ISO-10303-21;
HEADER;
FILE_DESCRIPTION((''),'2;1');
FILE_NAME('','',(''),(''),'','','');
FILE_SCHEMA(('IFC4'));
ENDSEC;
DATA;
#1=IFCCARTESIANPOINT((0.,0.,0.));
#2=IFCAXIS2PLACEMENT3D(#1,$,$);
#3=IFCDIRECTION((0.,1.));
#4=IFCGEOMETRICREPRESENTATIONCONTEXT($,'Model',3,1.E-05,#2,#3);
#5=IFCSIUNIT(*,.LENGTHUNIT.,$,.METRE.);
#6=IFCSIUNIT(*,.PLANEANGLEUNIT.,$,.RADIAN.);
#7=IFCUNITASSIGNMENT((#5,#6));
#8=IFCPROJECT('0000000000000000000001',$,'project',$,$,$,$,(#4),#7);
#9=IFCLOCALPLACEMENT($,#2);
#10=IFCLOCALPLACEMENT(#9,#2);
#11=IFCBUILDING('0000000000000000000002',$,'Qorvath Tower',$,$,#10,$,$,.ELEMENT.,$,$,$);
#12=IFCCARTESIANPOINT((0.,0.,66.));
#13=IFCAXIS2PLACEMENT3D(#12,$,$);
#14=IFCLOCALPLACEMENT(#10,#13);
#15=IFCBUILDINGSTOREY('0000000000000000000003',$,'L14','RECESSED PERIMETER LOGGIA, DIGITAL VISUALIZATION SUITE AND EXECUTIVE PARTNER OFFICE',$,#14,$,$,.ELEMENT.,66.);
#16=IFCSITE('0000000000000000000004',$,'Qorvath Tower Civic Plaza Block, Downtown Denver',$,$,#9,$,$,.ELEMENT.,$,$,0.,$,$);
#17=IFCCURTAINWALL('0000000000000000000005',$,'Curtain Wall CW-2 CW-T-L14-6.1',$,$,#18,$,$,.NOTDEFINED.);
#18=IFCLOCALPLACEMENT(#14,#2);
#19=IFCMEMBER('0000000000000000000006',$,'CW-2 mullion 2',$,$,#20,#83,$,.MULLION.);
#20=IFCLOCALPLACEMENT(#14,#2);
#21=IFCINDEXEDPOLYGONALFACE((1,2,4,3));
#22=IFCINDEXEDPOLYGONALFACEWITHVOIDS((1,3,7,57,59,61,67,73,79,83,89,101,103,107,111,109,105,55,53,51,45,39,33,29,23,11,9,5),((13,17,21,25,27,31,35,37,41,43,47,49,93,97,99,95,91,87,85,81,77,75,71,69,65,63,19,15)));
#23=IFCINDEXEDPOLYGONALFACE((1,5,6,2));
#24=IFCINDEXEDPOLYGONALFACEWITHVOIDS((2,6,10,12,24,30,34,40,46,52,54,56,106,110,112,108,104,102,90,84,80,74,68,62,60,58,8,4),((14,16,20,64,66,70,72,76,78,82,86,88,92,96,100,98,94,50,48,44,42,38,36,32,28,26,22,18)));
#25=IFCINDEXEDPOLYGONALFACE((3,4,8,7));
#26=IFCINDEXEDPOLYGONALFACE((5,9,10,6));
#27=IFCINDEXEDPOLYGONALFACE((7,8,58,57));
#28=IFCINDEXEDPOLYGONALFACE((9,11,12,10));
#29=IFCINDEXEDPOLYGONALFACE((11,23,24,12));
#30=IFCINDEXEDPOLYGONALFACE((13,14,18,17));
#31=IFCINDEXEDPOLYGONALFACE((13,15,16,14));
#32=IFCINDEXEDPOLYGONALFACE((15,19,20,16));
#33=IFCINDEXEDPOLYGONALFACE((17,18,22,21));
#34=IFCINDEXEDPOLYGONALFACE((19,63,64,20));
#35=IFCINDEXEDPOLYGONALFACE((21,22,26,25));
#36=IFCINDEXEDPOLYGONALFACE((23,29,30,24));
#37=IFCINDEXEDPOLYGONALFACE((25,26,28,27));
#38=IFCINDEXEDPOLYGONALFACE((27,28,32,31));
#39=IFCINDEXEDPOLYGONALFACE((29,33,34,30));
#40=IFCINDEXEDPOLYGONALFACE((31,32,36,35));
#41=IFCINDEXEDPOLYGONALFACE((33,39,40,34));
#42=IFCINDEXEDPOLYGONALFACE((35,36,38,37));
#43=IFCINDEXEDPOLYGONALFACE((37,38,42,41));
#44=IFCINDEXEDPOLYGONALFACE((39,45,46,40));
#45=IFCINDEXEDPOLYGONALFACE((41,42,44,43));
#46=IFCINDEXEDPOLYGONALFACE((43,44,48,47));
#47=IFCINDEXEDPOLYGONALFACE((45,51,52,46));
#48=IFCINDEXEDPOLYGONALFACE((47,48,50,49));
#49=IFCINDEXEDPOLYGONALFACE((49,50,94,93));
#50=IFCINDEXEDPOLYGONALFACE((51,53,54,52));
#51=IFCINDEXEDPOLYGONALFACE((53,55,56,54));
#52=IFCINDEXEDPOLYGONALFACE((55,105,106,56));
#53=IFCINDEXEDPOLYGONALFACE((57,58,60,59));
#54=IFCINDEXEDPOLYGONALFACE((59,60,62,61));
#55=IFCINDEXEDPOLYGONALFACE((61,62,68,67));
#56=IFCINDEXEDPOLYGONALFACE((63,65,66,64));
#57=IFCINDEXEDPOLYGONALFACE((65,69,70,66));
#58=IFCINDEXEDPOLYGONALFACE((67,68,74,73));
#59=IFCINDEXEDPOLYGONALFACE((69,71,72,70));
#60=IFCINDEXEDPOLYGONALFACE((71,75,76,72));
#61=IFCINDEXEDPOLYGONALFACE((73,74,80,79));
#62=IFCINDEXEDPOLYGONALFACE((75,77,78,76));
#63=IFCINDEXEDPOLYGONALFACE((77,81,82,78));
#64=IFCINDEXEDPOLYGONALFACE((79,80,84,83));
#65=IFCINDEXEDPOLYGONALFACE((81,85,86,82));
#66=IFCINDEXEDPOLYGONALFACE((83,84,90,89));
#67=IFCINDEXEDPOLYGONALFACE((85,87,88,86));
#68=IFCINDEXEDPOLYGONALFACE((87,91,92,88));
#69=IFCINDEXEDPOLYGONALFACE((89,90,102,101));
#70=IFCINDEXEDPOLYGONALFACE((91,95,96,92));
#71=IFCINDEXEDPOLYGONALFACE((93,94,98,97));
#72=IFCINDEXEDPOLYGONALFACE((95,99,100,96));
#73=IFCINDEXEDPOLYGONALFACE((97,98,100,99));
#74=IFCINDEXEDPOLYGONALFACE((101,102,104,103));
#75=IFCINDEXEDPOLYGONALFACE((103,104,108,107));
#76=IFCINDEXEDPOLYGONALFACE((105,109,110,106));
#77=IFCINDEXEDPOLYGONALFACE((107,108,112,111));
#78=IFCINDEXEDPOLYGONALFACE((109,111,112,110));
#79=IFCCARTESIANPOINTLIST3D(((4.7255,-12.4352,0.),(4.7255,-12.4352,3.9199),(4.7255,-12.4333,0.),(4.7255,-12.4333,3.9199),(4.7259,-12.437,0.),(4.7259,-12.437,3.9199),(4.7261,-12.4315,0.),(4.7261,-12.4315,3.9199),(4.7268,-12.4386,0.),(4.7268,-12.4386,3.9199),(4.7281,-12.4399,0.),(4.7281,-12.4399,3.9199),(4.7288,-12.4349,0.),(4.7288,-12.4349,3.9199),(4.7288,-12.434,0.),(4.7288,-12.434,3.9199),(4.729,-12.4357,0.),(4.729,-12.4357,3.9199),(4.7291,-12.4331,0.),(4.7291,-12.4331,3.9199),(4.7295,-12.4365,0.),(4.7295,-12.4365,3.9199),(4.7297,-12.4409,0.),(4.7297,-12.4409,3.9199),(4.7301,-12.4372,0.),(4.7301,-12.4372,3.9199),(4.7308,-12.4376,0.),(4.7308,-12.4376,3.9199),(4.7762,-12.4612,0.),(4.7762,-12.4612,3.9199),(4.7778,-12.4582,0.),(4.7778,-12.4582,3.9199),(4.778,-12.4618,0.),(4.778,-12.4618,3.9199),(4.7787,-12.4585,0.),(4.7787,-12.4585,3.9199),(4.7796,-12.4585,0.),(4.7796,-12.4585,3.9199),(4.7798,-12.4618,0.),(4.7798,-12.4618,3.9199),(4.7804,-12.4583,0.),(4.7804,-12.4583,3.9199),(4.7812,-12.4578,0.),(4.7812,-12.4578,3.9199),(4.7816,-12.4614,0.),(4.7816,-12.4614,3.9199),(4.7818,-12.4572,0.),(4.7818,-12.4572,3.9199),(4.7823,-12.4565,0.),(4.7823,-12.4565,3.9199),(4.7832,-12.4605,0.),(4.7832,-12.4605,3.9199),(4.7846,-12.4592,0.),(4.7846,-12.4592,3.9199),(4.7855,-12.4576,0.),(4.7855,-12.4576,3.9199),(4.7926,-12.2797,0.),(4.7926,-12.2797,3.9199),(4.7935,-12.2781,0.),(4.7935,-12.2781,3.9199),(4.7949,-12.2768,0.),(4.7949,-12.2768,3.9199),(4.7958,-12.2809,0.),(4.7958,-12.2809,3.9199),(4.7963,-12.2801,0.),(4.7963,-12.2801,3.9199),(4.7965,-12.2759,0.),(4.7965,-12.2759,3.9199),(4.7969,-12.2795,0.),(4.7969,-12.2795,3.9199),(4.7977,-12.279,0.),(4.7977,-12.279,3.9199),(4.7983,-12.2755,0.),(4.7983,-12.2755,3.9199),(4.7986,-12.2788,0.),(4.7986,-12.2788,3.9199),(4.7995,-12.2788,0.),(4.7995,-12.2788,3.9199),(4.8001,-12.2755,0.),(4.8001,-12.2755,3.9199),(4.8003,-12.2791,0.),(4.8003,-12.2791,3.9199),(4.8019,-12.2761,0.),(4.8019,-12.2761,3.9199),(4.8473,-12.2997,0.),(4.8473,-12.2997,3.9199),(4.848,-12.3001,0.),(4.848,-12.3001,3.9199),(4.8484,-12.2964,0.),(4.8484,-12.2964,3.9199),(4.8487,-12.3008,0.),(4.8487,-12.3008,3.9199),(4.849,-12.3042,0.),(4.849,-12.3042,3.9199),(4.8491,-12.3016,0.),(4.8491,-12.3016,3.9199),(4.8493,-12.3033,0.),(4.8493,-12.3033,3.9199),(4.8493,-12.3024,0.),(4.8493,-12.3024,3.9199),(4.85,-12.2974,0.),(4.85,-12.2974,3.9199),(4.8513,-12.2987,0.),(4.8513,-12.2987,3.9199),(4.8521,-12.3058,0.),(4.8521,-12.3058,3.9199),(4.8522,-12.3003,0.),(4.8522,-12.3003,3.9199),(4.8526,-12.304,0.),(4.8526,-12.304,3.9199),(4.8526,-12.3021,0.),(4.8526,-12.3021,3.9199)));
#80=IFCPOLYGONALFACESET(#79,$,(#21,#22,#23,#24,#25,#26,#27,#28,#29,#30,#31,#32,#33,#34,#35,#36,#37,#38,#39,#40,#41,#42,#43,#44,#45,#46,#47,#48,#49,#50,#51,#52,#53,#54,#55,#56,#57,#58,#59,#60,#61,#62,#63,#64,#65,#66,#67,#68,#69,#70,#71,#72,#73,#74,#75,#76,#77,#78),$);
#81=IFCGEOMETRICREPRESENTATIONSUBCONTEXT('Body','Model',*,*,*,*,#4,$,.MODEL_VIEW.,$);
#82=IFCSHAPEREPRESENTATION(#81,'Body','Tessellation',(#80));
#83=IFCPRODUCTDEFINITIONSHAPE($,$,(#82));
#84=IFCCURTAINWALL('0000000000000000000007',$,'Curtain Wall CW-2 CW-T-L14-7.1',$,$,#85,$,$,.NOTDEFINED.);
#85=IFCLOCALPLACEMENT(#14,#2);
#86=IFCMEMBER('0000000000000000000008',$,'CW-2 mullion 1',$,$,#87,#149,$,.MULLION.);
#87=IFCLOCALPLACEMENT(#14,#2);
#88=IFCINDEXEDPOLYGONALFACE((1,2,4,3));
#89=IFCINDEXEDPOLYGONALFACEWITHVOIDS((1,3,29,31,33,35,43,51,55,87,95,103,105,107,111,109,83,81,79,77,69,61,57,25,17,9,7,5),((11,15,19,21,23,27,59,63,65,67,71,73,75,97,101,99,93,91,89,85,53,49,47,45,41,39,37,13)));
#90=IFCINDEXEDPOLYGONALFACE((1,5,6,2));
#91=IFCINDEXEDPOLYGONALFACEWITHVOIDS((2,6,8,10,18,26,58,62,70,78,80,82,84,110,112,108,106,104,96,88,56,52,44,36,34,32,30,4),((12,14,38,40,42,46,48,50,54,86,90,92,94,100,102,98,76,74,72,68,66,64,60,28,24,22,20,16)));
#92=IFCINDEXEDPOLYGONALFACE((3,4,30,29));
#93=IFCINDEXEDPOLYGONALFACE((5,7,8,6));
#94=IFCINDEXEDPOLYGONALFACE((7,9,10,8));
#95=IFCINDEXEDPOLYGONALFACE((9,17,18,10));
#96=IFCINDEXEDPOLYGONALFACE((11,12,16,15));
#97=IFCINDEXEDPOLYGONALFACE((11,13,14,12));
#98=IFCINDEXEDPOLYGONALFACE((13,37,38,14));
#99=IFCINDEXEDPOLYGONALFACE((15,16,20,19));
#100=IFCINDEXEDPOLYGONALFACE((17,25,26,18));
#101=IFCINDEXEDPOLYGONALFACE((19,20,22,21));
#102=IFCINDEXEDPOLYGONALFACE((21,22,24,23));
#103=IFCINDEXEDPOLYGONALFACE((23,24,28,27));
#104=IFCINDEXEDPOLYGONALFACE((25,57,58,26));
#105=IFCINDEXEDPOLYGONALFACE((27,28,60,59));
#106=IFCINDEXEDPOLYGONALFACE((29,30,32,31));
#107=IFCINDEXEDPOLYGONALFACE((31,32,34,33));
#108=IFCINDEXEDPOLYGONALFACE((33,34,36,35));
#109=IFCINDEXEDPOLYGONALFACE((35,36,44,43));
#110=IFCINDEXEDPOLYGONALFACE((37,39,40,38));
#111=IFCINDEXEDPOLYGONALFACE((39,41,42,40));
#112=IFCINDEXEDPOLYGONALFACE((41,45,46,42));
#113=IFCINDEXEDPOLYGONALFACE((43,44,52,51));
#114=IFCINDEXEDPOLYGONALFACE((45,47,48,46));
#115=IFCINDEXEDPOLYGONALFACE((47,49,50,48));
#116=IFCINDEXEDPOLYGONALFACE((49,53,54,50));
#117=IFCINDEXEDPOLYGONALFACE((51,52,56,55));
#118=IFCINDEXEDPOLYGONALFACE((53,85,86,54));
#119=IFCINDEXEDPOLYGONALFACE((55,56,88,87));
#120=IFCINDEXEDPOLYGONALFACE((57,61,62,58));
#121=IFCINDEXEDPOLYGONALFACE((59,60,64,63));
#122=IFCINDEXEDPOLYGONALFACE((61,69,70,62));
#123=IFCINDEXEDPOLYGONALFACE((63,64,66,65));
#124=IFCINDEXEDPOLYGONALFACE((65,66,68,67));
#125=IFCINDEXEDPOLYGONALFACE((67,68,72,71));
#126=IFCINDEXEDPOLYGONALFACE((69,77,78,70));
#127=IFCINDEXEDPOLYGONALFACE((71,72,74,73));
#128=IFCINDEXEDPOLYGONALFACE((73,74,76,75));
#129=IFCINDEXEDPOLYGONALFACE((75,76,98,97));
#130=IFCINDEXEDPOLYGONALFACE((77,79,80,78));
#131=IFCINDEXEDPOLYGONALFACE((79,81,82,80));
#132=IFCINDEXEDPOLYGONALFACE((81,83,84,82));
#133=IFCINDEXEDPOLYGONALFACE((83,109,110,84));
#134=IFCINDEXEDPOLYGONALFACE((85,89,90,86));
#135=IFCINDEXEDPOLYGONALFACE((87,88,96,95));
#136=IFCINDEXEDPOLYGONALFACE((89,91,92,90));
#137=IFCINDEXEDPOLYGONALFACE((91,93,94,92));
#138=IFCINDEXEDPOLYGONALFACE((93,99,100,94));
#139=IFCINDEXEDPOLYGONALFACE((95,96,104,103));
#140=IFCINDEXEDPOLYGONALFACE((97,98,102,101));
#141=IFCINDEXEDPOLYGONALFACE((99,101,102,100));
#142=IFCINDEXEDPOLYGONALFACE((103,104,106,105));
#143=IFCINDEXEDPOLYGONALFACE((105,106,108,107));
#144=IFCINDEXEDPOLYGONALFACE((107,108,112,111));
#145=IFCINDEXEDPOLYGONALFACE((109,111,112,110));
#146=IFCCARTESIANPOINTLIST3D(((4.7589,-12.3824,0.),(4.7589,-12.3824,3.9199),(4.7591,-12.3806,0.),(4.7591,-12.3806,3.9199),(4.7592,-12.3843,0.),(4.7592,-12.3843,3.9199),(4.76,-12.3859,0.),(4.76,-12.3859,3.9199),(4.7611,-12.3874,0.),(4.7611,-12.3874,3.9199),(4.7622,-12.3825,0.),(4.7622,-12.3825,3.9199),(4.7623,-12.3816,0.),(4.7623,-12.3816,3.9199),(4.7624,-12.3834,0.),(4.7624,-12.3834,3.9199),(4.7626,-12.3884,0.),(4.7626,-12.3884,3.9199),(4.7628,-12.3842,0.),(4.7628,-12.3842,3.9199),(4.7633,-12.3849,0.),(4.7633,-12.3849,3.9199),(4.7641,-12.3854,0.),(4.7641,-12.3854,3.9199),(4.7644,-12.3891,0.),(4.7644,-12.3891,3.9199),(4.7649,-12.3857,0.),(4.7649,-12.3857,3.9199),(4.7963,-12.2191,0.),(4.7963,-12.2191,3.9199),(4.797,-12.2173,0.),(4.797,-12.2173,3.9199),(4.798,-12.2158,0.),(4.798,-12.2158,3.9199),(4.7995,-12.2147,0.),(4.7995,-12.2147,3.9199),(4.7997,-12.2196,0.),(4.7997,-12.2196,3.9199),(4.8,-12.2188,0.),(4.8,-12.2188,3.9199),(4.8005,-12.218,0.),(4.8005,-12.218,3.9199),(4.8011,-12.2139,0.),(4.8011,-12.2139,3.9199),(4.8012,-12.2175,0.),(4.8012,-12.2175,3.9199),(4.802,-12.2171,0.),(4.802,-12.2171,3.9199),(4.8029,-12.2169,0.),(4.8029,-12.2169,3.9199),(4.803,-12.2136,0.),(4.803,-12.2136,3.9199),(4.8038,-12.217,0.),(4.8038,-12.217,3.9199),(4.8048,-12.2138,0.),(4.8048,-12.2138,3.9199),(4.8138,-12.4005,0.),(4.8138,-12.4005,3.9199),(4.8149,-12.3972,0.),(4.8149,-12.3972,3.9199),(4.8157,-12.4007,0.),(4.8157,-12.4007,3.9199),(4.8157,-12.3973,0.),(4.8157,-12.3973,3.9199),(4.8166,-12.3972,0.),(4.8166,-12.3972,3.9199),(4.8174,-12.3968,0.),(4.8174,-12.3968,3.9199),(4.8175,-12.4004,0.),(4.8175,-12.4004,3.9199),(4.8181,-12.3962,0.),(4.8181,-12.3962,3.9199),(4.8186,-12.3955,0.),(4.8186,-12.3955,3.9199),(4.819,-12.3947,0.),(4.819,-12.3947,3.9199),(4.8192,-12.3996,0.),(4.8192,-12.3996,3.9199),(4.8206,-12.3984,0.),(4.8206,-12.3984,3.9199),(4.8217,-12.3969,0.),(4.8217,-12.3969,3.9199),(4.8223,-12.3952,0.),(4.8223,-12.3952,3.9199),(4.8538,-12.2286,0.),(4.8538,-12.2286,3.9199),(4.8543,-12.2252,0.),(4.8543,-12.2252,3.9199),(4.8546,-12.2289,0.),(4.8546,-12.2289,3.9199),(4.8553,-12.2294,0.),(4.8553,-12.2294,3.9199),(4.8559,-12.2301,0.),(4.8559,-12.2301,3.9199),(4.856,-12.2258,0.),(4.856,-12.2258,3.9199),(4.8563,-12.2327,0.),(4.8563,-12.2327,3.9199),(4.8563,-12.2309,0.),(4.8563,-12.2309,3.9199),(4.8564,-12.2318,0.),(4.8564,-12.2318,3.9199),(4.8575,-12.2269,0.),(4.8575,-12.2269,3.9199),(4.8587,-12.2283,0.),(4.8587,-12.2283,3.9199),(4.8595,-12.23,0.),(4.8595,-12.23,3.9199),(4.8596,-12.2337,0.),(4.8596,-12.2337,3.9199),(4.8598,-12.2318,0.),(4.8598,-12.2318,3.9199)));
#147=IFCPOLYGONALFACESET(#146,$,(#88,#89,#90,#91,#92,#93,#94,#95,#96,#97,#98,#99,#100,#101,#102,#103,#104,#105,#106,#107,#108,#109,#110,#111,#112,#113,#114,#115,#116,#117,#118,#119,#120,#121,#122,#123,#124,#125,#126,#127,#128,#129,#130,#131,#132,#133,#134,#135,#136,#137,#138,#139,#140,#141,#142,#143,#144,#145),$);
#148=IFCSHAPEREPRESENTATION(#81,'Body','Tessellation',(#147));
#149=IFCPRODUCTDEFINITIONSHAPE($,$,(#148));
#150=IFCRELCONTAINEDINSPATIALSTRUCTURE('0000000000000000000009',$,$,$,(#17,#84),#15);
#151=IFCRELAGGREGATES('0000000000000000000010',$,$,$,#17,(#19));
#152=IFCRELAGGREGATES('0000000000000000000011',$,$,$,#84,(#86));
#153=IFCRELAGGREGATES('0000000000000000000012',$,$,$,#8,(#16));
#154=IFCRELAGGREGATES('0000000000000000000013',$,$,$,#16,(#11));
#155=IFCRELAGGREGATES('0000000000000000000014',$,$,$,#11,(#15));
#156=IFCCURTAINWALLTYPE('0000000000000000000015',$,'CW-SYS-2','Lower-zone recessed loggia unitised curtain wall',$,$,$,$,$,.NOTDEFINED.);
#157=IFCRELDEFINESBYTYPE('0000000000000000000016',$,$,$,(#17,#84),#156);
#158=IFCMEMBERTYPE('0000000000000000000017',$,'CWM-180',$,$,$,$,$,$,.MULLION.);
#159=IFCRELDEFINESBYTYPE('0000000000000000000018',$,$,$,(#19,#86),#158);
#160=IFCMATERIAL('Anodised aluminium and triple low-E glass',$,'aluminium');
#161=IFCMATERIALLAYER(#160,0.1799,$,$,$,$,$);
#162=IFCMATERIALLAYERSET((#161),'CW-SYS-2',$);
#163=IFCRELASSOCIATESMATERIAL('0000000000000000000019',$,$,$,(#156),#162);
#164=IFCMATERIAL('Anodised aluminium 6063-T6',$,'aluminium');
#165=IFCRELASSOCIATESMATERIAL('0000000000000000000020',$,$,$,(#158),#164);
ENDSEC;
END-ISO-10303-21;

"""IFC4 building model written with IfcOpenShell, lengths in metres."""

from ifc_helpers import new_model, si_unit, direction, frame, origin, origin_2d, place, context, subcontext, project, spatial, hollow_rectangle, extrude, material, layer, layer_set, material_profile, profile_set, type_object, element, aggregate, save


model = new_model("IFC4")

# Units and contexts
model_context = context("Model", 3, precision=1e-05, world=origin(), true_north=direction((0.0, 1.0)))
body_context = subcontext(model_context, "Body", "Model", "MODEL_VIEW")
ifc_project = project(units=[si_unit("LENGTHUNIT", "METRE"), si_unit("PLANEANGLEUNIT", "RADIAN")], contexts=[model_context])

# Site, building, storey
site_placement = place(None, origin())
site = spatial("IfcSite", under=ifc_project, at=site_placement, Name="Qorvath Tower Civic Plaza Block, Downtown Denver", CompositionType="ELEMENT", RefElevation=0.0)
building_placement = place(site_placement, origin())
building = spatial("IfcBuilding", under=site, at=building_placement, Name="Qorvath Tower", CompositionType="ELEMENT")
storey_placement = place(building_placement, frame((0.0, 0.0, 66.0)))
storey = spatial("IfcBuildingStorey", under=building, at=storey_placement, Name="L14", Description="RECESSED PERIMETER LOGGIA, DIGITAL VISUALIZATION SUITE AND EXECUTIVE PARTNER OFFICE", CompositionType="ELEMENT", Elevation=66.0)

# Curtain wall, member
ifc_material_1 = material(Name="Anodised aluminium and triple low-E glass", Category="aluminium")
ifc_layer_1 = layer(ifc_material_1, 0.1799)
ifc_layer_set_1 = layer_set([ifc_layer_1], Name="CW-SYS-2")
curtain_wall_type = type_object("IfcCurtainWallType", Name="CW-SYS-2", Description="Lower-zone recessed loggia unitised curtain wall", PredefinedType="NOTDEFINED", material=ifc_layer_set_1)
curtain_wall_1_placement = place(storey_placement, origin())
curtain_wall_1 = element("IfcCurtainWall", 1, at=curtain_wall_1_placement, inside=storey, type_object=curtain_wall_type, Name="Curtain Wall CW-2 CW-T-L14-6.1", PredefinedType="NOTDEFINED")
ifc_material_2 = material(Name="Anodised aluminium 6063-T6", Category="aluminium")
ifc_material_profile_1 = material_profile(ifc_material_2, hollow_rectangle(XDim=0.0649, YDim=0.1799, WallThickness=0.0034, InnerFilletRadius=0.0034, OuterFilletRadius=0.0071, at=origin_2d()), Name="CWM 180x65")
ifc_profile_set_1 = profile_set([ifc_material_profile_1], Name="Anodised aluminium 6063-T6")
member_type_1 = type_object("IfcMemberType", Name="CWM-180", PredefinedType="MULLION", material=ifc_profile_set_1)
member_1_placement = place(storey_placement, frame((4.7891, -12.3687, 0.0), z_axis=(0.0, 0.0, 1.0), x_axis=(-0.915926, 0.401348, 0.0)))
member_1 = element("IfcMember", 2, at=member_1_placement, type_object=member_type_1, Name="CW-2 mullion 2", PredefinedType="MULLION", context=body_context, shape_type="SweptSolid", body=[
    extrude(hollow_rectangle(XDim=0.0649, YDim=0.1799, WallThickness=0.0034, InnerFilletRadius=0.0034, OuterFilletRadius=0.0071, at=origin_2d()), origin(), (0.0, 0.0, 1.0), 3.9199),
])

# Curtain wall, member
curtain_wall_2_placement = place(storey_placement, origin())
curtain_wall_2 = element("IfcCurtainWall", 3, at=curtain_wall_2_placement, inside=storey, type_object=curtain_wall_type, Name="Curtain Wall CW-2 CW-T-L14-7.1", PredefinedType="NOTDEFINED")
member_2_placement = place(storey_placement, frame((4.8093, -12.3071, 0.0), z_axis=(0.0, 0.0, 1.0), x_axis=(-0.974413, 0.224763, 0.0)))
member_2 = element("IfcMember", 4, at=member_2_placement, type_object=member_type_1, Name="CW-2 mullion 1", PredefinedType="MULLION", context=body_context, shape_type="SweptSolid", body=[
    extrude(hollow_rectangle(XDim=0.0649, YDim=0.1799, WallThickness=0.0034, InnerFilletRadius=0.0034, OuterFilletRadius=0.0071, at=origin_2d()), origin(), (0.0, 0.0, 1.0), 3.9199),
])

aggregate(curtain_wall_1, [member_1])
aggregate(curtain_wall_2, [member_2])

save(model, "model.ifc")
